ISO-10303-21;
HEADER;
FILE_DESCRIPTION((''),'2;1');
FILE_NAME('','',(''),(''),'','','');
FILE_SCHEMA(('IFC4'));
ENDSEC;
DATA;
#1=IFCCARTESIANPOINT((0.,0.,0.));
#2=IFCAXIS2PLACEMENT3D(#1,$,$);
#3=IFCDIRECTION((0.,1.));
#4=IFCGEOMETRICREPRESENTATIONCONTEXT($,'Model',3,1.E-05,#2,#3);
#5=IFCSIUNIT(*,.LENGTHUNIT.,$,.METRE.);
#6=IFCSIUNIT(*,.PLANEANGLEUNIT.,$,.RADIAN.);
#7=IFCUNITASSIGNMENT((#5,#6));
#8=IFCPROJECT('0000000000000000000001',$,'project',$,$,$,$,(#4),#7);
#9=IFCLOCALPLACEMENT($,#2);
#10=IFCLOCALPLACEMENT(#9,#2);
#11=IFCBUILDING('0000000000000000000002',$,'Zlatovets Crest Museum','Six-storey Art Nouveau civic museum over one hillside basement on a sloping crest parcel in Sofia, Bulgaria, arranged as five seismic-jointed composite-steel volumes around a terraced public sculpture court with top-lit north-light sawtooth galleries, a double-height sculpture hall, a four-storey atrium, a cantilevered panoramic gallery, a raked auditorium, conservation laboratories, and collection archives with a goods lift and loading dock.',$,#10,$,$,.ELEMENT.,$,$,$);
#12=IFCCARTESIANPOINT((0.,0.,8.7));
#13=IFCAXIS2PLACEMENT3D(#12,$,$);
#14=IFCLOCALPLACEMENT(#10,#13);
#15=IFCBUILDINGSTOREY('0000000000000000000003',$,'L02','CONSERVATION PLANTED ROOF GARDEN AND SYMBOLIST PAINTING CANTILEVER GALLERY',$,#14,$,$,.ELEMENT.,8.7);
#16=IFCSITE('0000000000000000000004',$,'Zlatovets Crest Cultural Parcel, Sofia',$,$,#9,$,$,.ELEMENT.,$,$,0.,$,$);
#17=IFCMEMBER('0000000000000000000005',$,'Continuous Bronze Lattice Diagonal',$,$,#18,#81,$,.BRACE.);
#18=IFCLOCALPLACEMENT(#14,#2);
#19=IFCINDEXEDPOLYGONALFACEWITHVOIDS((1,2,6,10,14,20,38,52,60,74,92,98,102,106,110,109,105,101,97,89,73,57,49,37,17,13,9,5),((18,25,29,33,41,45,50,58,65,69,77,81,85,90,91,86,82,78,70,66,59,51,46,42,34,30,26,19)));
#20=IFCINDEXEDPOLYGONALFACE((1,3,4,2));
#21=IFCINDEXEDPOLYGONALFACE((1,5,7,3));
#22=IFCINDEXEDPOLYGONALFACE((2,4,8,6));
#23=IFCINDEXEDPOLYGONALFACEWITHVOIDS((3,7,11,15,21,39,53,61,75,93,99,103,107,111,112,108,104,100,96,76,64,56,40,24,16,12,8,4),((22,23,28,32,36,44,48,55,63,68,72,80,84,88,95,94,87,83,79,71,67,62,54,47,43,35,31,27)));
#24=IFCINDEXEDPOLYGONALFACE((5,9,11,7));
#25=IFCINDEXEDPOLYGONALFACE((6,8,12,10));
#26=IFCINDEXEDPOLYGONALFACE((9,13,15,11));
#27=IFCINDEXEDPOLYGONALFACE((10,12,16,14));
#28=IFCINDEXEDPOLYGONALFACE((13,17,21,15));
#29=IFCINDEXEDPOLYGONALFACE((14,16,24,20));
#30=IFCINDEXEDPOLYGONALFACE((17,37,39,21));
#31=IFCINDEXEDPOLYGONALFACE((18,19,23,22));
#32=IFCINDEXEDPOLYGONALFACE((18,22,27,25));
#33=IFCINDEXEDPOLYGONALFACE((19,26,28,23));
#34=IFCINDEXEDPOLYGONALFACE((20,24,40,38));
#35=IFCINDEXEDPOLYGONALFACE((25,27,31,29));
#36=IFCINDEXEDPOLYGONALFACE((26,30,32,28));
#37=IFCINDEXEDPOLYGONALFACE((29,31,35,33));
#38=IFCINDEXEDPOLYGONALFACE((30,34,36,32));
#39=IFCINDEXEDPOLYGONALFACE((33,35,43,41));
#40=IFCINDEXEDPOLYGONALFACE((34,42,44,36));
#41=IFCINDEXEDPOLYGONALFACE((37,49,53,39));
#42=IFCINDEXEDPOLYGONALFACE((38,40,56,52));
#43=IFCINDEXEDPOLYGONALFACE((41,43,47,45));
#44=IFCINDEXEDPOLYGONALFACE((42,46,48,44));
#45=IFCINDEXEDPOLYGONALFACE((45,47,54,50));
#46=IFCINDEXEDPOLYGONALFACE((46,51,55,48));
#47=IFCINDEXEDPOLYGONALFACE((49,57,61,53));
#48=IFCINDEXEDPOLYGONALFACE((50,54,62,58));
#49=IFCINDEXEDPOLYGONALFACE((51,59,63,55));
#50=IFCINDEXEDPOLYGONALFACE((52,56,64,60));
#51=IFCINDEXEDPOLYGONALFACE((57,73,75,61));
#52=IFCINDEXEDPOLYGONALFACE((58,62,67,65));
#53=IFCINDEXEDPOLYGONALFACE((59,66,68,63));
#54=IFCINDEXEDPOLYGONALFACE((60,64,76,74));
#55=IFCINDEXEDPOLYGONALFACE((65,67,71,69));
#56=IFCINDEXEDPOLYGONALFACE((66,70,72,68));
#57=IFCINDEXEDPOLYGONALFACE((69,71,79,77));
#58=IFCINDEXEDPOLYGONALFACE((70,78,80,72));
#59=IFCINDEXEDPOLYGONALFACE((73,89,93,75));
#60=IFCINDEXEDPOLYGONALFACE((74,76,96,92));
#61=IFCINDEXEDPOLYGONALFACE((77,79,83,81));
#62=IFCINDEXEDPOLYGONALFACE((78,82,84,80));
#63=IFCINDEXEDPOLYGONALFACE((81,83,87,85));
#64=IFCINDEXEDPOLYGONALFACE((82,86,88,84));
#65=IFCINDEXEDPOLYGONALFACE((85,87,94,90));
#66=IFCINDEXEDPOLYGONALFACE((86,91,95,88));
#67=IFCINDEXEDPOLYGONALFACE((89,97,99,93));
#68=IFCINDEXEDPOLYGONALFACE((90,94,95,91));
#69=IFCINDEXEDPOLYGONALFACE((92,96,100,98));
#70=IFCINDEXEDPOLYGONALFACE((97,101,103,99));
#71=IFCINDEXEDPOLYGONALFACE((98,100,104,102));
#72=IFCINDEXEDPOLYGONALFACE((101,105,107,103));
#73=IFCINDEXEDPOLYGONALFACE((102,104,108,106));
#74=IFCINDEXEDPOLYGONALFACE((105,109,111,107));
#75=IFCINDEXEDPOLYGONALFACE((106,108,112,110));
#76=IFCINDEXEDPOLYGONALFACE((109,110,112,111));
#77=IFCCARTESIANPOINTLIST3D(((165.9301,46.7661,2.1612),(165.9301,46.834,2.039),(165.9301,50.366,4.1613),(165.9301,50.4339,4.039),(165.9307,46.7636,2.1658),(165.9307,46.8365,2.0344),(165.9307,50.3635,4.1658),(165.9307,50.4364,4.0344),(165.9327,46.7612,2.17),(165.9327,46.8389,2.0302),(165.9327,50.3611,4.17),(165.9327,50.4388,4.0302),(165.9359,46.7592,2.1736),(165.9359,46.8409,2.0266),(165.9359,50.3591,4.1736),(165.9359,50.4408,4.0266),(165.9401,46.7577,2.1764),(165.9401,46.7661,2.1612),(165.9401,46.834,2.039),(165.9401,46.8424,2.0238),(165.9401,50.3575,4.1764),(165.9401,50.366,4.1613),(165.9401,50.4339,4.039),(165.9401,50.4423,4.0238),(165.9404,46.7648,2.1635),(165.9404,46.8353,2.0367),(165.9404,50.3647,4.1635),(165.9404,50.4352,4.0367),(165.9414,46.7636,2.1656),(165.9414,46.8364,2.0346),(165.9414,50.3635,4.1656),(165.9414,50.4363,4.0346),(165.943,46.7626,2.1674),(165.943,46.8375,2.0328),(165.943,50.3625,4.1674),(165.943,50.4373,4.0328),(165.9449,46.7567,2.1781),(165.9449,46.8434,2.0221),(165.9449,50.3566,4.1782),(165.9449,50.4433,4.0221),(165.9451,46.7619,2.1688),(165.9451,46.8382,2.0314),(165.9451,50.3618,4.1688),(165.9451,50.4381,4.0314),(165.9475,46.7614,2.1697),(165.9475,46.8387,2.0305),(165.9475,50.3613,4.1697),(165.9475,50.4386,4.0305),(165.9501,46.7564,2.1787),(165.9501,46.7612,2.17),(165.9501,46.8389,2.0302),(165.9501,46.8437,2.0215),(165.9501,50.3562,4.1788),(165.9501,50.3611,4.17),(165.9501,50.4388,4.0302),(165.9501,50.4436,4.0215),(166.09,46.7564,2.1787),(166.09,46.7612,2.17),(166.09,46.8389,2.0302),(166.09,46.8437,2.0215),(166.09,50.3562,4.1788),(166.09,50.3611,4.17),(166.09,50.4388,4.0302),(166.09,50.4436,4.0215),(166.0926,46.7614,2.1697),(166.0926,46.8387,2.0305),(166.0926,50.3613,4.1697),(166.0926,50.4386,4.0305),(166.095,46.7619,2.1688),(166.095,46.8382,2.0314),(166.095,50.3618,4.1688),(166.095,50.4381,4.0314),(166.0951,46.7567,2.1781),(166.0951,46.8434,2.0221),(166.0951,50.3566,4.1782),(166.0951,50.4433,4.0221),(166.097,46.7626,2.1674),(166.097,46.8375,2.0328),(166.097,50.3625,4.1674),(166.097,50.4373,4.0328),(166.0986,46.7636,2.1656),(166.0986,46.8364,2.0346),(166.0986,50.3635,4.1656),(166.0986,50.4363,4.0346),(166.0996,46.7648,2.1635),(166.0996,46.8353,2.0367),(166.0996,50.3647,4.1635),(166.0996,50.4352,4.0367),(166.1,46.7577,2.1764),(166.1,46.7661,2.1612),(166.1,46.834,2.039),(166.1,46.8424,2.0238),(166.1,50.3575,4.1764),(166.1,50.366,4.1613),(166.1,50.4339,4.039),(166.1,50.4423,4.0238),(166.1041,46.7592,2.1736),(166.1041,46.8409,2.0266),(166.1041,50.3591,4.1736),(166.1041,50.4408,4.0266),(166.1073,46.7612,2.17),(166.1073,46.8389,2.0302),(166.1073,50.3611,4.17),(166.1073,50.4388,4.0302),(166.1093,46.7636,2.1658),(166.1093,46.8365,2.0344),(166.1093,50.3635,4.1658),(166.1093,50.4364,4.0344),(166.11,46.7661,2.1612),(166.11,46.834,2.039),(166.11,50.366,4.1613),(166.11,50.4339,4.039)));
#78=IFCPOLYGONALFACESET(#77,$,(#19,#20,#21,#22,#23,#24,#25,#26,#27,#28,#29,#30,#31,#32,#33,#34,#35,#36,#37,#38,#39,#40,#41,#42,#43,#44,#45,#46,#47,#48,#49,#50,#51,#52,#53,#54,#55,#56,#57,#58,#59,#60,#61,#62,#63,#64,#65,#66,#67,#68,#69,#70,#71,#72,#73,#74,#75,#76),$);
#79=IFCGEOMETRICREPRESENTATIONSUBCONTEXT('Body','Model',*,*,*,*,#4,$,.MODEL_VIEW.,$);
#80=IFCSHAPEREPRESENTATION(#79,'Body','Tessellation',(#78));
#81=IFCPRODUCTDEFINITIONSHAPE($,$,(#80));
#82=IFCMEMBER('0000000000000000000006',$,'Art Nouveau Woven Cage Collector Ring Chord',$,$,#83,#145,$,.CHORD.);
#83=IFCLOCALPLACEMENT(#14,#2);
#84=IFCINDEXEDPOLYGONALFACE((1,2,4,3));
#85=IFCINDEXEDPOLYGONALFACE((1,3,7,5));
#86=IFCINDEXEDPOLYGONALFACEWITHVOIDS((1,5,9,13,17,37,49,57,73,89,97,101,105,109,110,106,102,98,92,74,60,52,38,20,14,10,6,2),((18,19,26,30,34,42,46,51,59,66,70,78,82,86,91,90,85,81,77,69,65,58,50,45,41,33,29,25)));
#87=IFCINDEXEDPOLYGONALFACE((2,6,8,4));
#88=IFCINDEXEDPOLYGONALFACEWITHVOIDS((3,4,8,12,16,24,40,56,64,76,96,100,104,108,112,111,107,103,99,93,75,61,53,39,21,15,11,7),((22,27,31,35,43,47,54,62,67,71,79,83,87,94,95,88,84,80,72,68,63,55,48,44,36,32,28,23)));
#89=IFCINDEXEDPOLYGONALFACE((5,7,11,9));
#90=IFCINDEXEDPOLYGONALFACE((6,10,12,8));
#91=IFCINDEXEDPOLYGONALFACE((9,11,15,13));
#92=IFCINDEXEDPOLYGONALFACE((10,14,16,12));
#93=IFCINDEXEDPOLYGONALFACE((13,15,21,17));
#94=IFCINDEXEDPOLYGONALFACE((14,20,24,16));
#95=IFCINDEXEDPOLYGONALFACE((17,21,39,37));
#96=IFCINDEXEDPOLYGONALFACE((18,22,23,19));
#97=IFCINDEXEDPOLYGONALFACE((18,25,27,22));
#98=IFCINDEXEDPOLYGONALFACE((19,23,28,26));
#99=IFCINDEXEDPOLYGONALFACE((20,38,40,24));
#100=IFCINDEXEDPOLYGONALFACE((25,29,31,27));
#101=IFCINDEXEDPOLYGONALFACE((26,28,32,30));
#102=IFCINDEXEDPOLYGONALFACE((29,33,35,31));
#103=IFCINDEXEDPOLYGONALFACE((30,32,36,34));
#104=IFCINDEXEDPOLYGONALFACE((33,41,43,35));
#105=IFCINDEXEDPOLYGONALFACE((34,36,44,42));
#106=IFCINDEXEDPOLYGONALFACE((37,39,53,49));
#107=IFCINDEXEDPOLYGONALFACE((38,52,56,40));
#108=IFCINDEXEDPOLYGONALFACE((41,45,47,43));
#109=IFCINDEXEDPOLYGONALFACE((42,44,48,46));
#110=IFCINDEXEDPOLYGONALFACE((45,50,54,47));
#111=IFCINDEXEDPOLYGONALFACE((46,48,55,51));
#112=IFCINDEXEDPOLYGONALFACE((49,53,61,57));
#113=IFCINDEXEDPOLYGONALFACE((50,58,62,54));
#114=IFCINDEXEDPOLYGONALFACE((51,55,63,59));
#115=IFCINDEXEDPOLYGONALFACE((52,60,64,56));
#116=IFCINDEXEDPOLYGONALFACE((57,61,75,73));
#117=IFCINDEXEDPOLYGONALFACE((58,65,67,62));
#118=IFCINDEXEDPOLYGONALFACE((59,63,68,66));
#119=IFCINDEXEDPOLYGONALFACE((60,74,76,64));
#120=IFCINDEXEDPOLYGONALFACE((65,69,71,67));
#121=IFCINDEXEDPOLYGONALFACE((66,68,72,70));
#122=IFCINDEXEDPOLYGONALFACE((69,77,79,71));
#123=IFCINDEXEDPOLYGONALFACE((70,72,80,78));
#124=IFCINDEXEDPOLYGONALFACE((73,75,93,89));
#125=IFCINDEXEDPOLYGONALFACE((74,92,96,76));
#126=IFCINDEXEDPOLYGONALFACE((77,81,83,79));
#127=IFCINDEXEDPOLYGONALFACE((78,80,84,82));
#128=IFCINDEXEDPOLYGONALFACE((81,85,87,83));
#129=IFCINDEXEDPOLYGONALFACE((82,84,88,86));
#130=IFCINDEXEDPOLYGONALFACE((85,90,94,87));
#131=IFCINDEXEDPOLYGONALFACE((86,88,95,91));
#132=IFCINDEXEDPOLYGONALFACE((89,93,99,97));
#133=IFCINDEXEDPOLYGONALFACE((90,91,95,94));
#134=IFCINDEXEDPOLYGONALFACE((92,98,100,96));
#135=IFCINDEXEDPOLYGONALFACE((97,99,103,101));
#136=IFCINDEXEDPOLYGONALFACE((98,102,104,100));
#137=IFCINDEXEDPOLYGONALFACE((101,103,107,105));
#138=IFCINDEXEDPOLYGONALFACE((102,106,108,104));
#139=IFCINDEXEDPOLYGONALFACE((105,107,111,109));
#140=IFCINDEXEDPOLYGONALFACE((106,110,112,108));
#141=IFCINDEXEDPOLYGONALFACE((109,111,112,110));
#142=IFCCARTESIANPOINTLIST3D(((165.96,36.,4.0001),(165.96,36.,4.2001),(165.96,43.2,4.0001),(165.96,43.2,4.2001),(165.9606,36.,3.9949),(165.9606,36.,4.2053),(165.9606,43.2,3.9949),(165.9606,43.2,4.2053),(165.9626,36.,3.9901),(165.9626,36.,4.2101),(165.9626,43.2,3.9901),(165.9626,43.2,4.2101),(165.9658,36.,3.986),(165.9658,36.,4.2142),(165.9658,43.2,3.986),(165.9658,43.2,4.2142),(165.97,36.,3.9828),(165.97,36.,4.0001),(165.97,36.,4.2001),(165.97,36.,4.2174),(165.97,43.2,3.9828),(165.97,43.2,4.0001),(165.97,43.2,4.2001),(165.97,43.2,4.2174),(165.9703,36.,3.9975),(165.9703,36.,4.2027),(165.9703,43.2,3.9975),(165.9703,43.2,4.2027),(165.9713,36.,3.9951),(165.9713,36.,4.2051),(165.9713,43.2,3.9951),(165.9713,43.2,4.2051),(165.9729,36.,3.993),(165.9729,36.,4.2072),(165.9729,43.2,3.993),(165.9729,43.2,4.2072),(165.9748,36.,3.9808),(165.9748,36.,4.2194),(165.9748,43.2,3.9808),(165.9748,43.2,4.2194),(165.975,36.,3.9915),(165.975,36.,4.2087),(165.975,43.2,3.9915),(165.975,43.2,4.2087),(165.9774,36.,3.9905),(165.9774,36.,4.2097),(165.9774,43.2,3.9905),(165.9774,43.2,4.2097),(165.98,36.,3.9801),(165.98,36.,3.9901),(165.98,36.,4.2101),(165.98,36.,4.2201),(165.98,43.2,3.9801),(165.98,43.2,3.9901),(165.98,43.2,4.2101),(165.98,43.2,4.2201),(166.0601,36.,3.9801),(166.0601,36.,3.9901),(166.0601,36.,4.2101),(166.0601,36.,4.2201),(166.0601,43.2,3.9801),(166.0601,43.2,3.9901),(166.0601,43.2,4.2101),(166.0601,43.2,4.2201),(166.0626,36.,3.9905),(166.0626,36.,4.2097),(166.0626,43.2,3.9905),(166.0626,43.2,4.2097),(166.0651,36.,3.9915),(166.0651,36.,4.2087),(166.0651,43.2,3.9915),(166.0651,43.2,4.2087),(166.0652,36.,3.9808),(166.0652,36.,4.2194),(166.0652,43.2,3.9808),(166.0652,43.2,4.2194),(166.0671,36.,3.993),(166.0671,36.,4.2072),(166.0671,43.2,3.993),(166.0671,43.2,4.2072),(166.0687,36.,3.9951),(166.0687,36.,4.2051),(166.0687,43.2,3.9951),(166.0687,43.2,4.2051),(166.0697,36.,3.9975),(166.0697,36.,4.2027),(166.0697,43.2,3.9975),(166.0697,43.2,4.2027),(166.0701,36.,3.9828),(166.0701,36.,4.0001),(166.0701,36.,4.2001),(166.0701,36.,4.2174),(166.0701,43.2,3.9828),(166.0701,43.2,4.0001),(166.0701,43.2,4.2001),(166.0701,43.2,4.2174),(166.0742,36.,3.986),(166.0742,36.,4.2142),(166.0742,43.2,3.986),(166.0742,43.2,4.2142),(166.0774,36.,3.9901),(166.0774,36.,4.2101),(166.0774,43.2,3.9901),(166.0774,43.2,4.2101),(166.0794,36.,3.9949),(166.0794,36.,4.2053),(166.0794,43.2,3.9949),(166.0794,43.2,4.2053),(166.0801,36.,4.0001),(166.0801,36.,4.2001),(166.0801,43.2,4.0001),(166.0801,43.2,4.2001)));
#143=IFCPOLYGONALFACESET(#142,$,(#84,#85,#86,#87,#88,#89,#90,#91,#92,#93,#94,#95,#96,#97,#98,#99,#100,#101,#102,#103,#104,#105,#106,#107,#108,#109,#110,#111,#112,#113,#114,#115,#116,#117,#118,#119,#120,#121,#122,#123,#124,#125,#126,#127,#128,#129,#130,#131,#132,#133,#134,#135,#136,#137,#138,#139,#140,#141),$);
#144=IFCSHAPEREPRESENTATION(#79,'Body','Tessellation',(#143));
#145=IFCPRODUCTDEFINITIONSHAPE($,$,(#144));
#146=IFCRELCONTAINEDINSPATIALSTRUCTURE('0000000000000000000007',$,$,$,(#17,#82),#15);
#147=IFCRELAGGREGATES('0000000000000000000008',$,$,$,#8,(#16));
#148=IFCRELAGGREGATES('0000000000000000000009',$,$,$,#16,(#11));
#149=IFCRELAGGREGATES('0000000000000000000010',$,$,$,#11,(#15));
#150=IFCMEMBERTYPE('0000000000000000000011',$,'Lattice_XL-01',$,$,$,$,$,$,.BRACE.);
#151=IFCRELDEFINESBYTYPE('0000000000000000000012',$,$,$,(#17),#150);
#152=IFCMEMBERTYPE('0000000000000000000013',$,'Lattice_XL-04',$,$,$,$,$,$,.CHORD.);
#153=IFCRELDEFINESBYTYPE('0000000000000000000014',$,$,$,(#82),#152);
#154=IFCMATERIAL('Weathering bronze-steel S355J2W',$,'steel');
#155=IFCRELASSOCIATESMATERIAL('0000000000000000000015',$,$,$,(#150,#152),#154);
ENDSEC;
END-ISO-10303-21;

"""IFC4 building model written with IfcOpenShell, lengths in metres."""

from ifc_helpers import new_model, si_unit, direction, frame, origin, origin_2d, place, context, subcontext, project, spatial, hollow_rectangle, extrude, material, material_profile, profile_set, type_object, element, save


model = new_model("IFC4")

# Units and contexts
model_context = context("Model", 3, precision=1e-05, world=origin(), true_north=direction((0.0, 1.0)))
body_context = subcontext(model_context, "Body", "Model", "MODEL_VIEW")
ifc_project = project(units=[si_unit("LENGTHUNIT", "METRE"), si_unit("PLANEANGLEUNIT", "RADIAN")], contexts=[model_context])

# Site, building, storey
site_placement = place(None, origin())
site = spatial("IfcSite", under=ifc_project, at=site_placement, Name="Zlatovets Crest Cultural Parcel, Sofia", CompositionType="ELEMENT", RefElevation=0.0)
building_placement = place(site_placement, origin())
building = spatial("IfcBuilding", under=site, at=building_placement, Name="Zlatovets Crest Museum", Description="Six-storey Art Nouveau civic museum over one hillside basement on a sloping crest parcel in Sofia, Bulgaria, arranged as five seismic-jointed composite-steel volumes around a terraced public sculpture court with top-lit north-light sawtooth galleries, a double-height sculpture hall, a four-storey atrium, a cantilevered panoramic gallery, a raked auditorium, conservation laboratories, and collection archives with a goods lift and loading dock.", CompositionType="ELEMENT")
storey_placement = place(building_placement, frame((0.0, 0.0, 8.7)))
storey = spatial("IfcBuildingStorey", under=building, at=storey_placement, Name="L02", Description="CONSERVATION PLANTED ROOF GARDEN AND SYMBOLIST PAINTING CANTILEVER GALLERY", CompositionType="ELEMENT", Elevation=8.7)

# Members
ifc_material_1 = material(Name="Weathering bronze-steel S355J2W", Category="steel")
ifc_material_profile_1 = material_profile(ifc_material_1, hollow_rectangle(XDim=0.1799, YDim=0.1799, WallThickness=0.01, InnerFilletRadius=0.01, OuterFilletRadius=0.02, at=origin_2d()), Name="SHS 180x180x10.0")
ifc_profile_set_1 = profile_set([ifc_material_profile_1], Name="Weathering bronze-steel S355J2W")
member_type_1 = type_object("IfcMemberType", Name="Lattice_XL-01", PredefinedType="BRACE", material=ifc_profile_set_1)
member_1_placement = place(storey_placement, frame((166.02, 46.8, 2.1001), z_axis=(0.0, 0.874149, 0.485658), x_axis=(-1.0, 0.0, 0.0)))
element("IfcMember", 1, at=member_1_placement, inside=storey, type_object=member_type_1, Name="Continuous Bronze Lattice Diagonal", PredefinedType="BRACE", context=body_context, shape_type="SweptSolid", body=[
    extrude(hollow_rectangle(XDim=0.1799, YDim=0.1799, WallThickness=0.01, InnerFilletRadius=0.01, OuterFilletRadius=0.02, at=origin_2d()), origin(), (0.0, 0.0, 1.0), 4.1182),
])
ifc_material_profile_2 = material_profile(ifc_material_1, hollow_rectangle(XDim=0.1201, YDim=0.24, WallThickness=0.01, InnerFilletRadius=0.01, OuterFilletRadius=0.02, at=origin_2d()), Name="RHS 120x240x10.0")
ifc_profile_set_2 = profile_set([ifc_material_profile_2], Name="Weathering bronze-steel S355J2W")
member_type_2 = type_object("IfcMemberType", Name="Lattice_XL-04", PredefinedType="CHORD", material=ifc_profile_set_2)
for number, where, z_axis, x_axis, name in (
    (2, (166.02, 36.0, 4.1001), (0.0, 1.0, 0.0), (-1.0, 0.0, 0.0), "Art Nouveau Woven Cage Collector Ring Chord"),
):
    element("IfcMember", number, at=place(storey_placement, frame(where, z_axis=z_axis, x_axis=x_axis)), inside=storey, type_object=member_type_2, Name=name, PredefinedType="CHORD", context=body_context, shape_type="SweptSolid", body=[
        extrude(hollow_rectangle(XDim=0.1201, YDim=0.24, WallThickness=0.01, InnerFilletRadius=0.01, OuterFilletRadius=0.02, at=origin_2d()), origin(), (0.0, 0.0, 1.0), 7.2),
    ])

save(model, "model.ifc")
